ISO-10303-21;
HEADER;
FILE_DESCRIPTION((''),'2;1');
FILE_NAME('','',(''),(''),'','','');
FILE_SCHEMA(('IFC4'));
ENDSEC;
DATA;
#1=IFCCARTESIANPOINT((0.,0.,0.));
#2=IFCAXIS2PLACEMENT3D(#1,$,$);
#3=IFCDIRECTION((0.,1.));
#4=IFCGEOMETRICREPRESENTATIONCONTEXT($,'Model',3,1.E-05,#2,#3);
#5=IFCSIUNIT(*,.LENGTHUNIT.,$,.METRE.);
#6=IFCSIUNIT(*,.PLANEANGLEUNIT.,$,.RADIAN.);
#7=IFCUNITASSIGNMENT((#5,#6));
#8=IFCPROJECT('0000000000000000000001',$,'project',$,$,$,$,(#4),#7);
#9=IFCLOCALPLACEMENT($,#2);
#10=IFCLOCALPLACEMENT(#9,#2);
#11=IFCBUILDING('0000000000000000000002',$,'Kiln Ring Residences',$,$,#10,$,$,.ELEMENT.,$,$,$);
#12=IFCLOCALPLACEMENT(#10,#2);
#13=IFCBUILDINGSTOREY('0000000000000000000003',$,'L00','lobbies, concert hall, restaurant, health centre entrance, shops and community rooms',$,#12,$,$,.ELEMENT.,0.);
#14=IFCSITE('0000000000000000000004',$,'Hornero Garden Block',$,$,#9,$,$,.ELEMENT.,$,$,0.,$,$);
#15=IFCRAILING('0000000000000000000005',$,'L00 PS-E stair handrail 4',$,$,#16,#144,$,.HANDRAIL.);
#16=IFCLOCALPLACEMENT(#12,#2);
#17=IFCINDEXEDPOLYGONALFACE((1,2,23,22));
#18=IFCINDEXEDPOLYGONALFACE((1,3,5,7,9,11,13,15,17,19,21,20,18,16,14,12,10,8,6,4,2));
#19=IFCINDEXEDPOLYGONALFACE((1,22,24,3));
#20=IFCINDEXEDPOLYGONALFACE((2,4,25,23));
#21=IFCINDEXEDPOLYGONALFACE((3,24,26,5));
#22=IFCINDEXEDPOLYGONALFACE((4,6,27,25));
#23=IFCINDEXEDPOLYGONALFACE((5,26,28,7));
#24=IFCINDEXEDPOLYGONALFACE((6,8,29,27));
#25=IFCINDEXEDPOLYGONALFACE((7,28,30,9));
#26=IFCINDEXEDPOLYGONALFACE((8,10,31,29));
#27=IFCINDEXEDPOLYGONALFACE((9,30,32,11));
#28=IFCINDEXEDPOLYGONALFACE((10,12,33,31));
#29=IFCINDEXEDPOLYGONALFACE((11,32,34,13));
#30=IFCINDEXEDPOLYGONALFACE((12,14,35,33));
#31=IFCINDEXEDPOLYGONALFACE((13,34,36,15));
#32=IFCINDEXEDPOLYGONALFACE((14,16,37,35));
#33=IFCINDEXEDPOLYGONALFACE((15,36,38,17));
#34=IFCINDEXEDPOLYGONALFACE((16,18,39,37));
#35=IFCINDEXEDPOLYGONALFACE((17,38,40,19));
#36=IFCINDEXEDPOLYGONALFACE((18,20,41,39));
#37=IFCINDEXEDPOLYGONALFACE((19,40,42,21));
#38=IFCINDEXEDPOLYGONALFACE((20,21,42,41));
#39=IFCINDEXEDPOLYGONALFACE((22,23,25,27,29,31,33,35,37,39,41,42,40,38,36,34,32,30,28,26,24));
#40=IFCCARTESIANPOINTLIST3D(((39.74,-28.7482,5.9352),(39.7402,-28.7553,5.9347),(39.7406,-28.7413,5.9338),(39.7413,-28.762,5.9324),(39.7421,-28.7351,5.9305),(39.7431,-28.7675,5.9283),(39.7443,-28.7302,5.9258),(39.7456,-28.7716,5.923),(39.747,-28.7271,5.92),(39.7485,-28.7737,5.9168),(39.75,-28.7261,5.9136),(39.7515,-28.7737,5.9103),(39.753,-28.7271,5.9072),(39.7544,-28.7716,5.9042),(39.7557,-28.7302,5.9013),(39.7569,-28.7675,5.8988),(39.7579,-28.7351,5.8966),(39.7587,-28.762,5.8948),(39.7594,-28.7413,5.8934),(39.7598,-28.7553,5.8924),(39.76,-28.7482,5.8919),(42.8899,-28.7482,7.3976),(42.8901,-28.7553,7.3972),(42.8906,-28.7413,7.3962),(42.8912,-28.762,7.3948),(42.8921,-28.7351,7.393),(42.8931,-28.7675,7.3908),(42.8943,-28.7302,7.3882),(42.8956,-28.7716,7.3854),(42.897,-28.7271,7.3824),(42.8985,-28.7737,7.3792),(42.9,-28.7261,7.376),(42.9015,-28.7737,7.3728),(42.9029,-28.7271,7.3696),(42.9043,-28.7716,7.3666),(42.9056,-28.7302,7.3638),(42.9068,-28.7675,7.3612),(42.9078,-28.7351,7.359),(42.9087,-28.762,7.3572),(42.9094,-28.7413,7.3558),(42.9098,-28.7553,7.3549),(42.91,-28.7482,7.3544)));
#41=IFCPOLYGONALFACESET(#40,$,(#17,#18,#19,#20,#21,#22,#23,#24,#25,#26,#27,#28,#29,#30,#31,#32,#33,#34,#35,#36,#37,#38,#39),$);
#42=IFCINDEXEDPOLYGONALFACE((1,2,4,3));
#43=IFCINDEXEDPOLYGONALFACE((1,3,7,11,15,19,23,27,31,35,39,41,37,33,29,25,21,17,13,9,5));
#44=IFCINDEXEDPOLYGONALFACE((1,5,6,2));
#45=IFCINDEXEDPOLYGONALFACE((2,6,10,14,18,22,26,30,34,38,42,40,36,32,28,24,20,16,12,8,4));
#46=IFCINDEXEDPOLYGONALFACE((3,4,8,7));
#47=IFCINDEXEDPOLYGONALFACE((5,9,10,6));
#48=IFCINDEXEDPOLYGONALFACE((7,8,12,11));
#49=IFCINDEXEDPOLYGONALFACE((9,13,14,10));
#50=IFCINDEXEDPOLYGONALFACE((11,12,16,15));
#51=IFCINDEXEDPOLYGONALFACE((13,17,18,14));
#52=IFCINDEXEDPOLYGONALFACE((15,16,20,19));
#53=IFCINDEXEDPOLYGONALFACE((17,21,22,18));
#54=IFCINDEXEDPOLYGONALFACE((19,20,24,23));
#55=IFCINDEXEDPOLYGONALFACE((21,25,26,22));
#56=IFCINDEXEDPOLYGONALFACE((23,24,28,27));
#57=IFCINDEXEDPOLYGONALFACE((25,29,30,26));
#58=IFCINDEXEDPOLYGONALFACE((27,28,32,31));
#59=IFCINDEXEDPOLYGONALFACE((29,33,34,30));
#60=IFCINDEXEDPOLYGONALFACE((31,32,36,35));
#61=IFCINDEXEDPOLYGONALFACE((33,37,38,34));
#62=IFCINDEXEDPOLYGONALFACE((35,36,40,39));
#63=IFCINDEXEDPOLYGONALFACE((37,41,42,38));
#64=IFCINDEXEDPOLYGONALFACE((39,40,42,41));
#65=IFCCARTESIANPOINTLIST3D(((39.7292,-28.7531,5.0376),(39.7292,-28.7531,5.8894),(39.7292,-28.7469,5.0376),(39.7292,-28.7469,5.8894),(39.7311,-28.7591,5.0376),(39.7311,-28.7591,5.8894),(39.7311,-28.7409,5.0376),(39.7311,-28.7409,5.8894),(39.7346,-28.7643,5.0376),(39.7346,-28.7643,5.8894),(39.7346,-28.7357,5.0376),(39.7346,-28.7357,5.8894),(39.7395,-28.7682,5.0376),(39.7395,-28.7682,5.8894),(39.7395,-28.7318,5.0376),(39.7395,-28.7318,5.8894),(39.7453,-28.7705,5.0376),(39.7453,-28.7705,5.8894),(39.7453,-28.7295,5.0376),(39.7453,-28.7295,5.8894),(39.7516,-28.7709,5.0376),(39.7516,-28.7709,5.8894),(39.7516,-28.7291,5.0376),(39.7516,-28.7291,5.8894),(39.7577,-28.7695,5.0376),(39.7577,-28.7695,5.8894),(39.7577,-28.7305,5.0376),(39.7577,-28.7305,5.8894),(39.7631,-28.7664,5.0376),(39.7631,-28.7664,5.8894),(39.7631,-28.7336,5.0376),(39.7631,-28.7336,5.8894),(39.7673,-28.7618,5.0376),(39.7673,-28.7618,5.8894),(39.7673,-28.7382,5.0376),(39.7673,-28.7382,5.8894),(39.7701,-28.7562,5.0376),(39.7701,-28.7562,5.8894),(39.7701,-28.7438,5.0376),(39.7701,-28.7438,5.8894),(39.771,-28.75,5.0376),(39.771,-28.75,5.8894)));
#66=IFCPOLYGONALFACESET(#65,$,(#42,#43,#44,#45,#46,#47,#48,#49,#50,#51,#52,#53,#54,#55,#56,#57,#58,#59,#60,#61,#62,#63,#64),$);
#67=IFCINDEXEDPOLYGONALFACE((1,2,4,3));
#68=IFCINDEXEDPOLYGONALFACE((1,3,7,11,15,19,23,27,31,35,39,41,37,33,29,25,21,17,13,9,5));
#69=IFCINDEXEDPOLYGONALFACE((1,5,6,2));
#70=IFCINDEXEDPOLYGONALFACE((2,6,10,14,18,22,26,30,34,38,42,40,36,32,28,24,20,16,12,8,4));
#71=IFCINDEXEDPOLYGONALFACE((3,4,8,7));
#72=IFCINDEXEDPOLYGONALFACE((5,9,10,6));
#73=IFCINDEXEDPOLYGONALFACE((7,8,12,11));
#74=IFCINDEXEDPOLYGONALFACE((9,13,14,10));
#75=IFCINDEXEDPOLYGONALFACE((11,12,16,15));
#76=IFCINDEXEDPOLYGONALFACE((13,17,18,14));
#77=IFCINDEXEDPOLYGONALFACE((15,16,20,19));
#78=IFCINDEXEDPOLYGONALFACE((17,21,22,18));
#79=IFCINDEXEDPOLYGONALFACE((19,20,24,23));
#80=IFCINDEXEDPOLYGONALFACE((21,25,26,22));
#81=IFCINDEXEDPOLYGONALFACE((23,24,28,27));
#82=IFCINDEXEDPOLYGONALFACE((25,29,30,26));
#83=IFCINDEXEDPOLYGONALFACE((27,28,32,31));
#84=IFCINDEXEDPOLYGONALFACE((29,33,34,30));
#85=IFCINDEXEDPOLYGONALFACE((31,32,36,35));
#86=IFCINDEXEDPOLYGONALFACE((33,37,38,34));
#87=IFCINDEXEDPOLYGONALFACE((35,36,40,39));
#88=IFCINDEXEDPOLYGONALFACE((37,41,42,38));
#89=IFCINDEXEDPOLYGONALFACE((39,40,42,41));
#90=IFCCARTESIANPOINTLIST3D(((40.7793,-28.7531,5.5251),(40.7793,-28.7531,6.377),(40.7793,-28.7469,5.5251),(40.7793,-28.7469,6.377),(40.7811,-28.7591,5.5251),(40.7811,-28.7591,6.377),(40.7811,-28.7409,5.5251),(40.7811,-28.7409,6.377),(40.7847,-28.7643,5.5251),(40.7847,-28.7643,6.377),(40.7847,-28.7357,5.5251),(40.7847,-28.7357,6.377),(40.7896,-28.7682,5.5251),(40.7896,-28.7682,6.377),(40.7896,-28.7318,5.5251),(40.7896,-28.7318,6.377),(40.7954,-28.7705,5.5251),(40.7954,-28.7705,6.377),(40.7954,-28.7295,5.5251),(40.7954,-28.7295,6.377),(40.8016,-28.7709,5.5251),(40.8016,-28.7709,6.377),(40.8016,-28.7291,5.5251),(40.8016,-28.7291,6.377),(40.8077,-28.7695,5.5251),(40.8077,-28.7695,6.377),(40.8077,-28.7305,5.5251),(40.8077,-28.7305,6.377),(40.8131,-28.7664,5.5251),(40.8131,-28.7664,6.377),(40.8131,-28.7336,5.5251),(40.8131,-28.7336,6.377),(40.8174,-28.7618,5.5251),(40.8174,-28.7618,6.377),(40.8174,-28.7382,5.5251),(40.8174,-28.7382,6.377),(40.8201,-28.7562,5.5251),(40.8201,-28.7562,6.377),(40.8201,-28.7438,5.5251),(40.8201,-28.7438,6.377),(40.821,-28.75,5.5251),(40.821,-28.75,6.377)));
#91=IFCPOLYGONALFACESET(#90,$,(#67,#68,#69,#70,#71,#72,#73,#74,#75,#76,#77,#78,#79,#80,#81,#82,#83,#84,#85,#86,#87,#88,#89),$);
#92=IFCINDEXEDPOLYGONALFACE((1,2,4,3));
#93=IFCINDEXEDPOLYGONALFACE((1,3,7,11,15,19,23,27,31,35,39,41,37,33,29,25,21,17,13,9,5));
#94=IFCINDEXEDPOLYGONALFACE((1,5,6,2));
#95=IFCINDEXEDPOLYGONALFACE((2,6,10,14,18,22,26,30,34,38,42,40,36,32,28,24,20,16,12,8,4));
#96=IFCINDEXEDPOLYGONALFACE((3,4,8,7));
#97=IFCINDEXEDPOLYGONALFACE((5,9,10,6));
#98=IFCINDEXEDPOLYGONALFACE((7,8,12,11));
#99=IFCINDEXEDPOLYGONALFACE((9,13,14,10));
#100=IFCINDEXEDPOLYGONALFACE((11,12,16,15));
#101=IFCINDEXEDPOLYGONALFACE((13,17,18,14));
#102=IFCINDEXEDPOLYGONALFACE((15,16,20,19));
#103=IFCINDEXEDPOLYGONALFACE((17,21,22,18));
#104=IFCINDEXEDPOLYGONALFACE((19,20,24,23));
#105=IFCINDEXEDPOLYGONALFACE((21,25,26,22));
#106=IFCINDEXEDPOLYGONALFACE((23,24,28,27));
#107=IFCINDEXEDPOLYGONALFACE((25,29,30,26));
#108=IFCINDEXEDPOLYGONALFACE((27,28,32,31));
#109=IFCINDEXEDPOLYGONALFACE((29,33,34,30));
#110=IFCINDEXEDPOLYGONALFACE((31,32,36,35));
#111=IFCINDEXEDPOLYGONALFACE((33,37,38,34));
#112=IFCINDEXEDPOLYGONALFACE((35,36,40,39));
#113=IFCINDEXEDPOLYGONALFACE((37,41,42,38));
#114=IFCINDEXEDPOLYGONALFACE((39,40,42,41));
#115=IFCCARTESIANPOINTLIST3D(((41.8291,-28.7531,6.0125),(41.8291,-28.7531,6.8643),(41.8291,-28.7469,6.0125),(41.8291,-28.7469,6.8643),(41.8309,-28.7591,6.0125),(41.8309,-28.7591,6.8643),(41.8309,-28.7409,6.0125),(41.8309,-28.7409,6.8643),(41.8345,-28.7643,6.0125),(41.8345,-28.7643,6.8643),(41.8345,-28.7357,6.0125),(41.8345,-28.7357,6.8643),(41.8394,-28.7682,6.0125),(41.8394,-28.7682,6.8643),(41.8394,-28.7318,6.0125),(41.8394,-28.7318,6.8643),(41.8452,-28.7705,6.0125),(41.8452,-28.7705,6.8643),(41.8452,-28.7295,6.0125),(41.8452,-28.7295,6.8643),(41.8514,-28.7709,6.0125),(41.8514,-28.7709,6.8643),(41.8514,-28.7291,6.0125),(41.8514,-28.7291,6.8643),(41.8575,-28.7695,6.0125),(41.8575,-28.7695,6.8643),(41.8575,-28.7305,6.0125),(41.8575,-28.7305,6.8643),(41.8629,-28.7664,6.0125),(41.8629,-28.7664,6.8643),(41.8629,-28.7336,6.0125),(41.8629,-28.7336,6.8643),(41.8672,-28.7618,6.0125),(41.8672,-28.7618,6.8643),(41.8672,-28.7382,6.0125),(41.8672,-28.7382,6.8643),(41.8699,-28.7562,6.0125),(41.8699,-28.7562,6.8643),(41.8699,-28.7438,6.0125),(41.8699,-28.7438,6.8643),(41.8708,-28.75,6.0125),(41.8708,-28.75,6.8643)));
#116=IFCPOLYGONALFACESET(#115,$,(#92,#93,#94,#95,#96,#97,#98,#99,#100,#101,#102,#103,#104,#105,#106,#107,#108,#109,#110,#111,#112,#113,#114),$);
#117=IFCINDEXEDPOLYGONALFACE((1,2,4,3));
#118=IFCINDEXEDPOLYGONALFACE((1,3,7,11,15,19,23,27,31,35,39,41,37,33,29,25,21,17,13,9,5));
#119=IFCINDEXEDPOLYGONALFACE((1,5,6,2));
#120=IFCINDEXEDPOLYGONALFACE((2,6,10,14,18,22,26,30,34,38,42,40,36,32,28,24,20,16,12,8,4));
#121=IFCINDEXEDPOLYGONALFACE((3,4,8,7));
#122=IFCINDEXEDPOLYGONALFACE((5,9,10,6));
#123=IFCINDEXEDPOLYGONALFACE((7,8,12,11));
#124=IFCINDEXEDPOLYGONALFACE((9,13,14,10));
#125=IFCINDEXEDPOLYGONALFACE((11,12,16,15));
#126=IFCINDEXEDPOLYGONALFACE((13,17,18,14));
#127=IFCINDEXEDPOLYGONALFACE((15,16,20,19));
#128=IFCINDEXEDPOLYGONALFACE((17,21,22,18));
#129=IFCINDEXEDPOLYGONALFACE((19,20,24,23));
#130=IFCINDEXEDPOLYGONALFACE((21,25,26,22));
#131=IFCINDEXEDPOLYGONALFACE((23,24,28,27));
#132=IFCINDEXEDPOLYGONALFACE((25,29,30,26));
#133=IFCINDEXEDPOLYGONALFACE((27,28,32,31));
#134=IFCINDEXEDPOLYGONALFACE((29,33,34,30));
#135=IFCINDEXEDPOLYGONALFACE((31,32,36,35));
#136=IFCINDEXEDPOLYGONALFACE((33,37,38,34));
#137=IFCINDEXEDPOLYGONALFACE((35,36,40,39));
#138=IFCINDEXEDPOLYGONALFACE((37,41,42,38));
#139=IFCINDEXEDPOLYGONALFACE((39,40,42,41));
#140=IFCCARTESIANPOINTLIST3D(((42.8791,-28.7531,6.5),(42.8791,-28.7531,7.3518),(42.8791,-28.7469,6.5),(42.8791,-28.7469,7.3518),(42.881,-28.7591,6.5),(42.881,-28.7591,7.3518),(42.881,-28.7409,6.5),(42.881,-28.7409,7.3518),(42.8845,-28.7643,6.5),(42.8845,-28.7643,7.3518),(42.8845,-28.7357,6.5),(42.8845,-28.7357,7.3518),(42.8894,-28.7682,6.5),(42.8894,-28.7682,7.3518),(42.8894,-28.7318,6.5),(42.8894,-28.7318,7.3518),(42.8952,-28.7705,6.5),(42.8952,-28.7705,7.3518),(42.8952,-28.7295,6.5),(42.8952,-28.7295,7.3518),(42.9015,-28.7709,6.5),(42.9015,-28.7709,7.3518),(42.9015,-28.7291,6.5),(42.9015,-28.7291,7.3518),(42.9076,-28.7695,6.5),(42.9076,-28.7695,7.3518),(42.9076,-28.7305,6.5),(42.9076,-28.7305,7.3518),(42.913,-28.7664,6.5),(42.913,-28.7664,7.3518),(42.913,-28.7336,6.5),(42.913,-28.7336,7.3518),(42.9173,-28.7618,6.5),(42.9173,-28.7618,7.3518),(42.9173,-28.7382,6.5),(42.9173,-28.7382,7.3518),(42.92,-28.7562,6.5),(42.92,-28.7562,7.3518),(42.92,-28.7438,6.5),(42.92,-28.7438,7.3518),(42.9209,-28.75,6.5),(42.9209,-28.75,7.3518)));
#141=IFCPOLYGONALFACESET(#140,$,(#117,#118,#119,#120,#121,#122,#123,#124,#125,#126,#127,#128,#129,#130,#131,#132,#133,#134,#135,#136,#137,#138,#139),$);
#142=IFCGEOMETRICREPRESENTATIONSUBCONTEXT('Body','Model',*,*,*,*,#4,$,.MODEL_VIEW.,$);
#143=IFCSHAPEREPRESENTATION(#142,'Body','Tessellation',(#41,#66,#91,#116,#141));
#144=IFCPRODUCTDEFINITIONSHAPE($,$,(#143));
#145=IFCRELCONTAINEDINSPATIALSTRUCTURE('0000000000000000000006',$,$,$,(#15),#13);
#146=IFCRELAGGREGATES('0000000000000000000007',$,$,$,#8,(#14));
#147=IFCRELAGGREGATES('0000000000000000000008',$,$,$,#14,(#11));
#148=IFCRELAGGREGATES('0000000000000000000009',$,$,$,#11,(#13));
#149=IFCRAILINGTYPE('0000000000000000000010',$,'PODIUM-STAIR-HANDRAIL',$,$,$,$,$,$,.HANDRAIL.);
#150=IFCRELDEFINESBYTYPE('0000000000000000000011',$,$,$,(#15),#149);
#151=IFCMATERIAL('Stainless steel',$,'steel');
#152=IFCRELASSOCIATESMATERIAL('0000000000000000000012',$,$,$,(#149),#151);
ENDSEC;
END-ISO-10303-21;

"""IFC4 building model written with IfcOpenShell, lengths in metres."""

from ifc_helpers import new_model, si_unit, direction, frame, origin, origin_2d, place, context, subcontext, project, spatial, circle, extrude, material, type_object, element, save


model = new_model("IFC4")

# Units and contexts
model_context = context("Model", 3, precision=1e-05, world=origin(), true_north=direction((0.0, 1.0)))
body_context = subcontext(model_context, "Body", "Model", "MODEL_VIEW")
ifc_project = project(units=[si_unit("LENGTHUNIT", "METRE"), si_unit("PLANEANGLEUNIT", "RADIAN")], contexts=[model_context])

# Site, building, storey
site_placement = place(None, origin())
site = spatial("IfcSite", under=ifc_project, at=site_placement, Name="Hornero Garden Block", CompositionType="ELEMENT", RefElevation=0.0)
building_placement = place(site_placement, origin())
building = spatial("IfcBuilding", under=site, at=building_placement, Name="Kiln Ring Residences", CompositionType="ELEMENT")
storey_placement = place(building_placement, origin())
storey = spatial("IfcBuildingStorey", under=building, at=storey_placement, Name="L00", Description="lobbies, concert hall, restaurant, health centre entrance, shops and community rooms", CompositionType="ELEMENT", Elevation=0.0)

# Railing
ifc_material_1 = material(Name="Stainless steel", Category="steel")
railing_type_1 = type_object("IfcRailingType", Name="PODIUM-STAIR-HANDRAIL", PredefinedType="HANDRAIL", material=ifc_material_1)
for number, where, name in (
    (1, (39.75, -28.75, 5.0376), "L00 PS-E stair handrail 4"),
):
    element("IfcRailing", number, at=place(storey_placement, frame(where)), inside=storey, type_object=railing_type_1, Name=name, PredefinedType="HANDRAIL", context=body_context, shape_type="SweptSolid", body=[
        extrude(circle(Radius=0.0239, at=origin_2d()), frame((0.0, 0.0, 0.876), z_axis=(0.907015, 0.0, 0.421099), x_axis=(0.0, 1.0, 0.0)), (0.0, 0.0, 1.0), 3.4729),
        extrude(circle(Radius=0.021, at=origin_2d()), origin(), (0.0, 0.0, 1.0), 0.8518),
        extrude(circle(Radius=0.021, at=origin_2d()), frame((1.05, 0.0, 0.4875)), (0.0, 0.0, 1.0), 0.8518),
        extrude(circle(Radius=0.021, at=origin_2d()), frame((2.0999, 0.0, 0.9749)), (0.0, 0.0, 1.0), 0.8518),
        extrude(circle(Radius=0.021, at=origin_2d()), frame((3.1499, 0.0, 1.4624)), (0.0, 0.0, 1.0), 0.8518),
    ])

save(model, "model.ifc")
